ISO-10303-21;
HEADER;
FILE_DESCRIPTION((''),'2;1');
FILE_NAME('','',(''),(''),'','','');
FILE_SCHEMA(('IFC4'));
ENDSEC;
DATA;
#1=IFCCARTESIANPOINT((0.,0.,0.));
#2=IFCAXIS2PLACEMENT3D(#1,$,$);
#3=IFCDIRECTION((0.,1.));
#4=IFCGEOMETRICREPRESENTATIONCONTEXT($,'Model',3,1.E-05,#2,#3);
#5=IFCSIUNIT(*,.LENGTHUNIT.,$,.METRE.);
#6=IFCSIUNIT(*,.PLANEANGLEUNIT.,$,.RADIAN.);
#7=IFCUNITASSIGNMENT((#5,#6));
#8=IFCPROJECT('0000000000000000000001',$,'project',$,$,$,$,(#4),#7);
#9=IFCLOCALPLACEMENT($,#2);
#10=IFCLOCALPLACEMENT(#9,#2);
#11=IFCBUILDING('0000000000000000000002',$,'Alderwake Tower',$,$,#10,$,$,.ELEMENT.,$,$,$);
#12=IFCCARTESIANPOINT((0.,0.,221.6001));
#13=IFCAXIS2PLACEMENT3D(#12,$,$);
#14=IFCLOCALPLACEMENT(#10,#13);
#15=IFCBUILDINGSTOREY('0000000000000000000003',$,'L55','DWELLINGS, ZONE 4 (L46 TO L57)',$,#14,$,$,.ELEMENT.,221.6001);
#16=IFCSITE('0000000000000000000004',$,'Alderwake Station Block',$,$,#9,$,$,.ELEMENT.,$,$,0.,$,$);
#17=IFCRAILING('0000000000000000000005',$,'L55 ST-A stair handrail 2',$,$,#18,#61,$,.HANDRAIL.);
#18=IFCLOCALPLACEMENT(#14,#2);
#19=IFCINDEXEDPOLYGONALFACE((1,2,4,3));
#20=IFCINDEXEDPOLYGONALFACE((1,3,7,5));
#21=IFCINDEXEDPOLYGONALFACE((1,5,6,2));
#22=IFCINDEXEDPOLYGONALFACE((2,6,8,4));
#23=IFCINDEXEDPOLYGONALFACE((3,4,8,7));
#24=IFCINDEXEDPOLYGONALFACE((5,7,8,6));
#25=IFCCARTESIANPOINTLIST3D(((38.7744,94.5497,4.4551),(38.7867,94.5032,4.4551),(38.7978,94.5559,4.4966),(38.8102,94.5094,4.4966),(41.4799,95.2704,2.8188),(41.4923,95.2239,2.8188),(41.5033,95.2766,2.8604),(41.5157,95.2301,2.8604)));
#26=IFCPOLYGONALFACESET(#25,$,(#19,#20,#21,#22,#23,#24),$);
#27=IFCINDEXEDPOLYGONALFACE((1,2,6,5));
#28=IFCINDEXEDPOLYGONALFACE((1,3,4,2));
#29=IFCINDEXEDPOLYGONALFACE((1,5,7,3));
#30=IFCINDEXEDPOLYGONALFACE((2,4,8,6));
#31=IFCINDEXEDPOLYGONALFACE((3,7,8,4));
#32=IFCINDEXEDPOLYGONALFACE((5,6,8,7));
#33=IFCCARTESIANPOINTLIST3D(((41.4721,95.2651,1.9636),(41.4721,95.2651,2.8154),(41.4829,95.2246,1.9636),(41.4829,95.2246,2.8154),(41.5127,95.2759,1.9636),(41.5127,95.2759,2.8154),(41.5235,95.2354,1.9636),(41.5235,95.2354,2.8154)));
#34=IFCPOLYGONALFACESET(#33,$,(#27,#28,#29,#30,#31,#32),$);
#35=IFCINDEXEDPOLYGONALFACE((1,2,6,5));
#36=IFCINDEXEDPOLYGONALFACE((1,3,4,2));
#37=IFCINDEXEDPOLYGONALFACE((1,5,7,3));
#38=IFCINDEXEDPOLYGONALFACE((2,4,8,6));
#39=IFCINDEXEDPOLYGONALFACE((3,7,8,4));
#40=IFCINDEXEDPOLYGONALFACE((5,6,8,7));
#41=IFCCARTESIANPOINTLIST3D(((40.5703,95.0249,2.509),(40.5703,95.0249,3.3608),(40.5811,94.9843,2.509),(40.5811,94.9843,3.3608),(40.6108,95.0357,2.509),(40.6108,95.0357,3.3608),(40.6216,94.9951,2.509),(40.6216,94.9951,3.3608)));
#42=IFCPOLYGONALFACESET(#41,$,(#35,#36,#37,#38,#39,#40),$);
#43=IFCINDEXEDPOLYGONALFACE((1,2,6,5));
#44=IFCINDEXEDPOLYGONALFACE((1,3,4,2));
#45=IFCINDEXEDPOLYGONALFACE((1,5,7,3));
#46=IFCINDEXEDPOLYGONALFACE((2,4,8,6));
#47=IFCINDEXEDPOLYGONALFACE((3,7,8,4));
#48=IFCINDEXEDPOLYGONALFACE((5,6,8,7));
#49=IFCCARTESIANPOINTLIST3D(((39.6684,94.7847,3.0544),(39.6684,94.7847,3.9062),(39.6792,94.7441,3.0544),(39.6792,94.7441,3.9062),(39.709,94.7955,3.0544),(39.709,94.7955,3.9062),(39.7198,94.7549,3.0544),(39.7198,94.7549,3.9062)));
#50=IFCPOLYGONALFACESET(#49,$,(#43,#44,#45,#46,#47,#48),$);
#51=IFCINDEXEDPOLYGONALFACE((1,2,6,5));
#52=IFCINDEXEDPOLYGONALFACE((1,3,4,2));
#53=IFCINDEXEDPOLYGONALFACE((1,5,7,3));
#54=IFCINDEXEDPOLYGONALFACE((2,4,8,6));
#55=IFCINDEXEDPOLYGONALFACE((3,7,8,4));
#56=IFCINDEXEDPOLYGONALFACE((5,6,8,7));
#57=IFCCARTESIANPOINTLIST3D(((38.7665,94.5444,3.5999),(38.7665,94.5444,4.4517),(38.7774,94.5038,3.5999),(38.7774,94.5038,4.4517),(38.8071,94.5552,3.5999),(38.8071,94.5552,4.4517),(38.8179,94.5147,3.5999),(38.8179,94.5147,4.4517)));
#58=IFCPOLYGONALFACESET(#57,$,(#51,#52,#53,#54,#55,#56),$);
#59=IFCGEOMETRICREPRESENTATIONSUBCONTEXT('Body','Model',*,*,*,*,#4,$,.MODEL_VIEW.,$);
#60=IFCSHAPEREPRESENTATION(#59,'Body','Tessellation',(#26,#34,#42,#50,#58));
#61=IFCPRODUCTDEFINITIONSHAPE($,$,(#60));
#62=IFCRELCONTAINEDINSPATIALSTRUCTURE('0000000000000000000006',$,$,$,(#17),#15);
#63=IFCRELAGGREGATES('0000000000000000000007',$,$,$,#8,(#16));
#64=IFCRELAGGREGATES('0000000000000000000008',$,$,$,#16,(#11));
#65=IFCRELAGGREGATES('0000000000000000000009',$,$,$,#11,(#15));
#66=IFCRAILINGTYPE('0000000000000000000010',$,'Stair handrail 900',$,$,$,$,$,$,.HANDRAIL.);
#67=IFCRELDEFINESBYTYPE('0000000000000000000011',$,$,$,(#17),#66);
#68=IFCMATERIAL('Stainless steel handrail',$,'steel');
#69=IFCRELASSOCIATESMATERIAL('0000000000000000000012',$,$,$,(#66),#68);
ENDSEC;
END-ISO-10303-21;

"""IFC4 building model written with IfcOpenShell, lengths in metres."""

from ifc_helpers import new_model, si_unit, direction, frame, origin, origin_2d, place, context, subcontext, project, spatial, rectangle, extrude, material, type_object, element, save


model = new_model("IFC4")

# Units and contexts
model_context = context("Model", 3, precision=1e-05, world=origin(), true_north=direction((0.0, 1.0)))
body_context = subcontext(model_context, "Body", "Model", "MODEL_VIEW")
ifc_project = project(units=[si_unit("LENGTHUNIT", "METRE"), si_unit("PLANEANGLEUNIT", "RADIAN")], contexts=[model_context])

# Site, building, storey
site_placement = place(None, origin())
site = spatial("IfcSite", under=ifc_project, at=site_placement, Name="Alderwake Station Block", CompositionType="ELEMENT", RefElevation=0.0)
building_placement = place(site_placement, origin())
building = spatial("IfcBuilding", under=site, at=building_placement, Name="Alderwake Tower", CompositionType="ELEMENT")
storey_placement = place(building_placement, frame((0.0, 0.0, 221.6001)))
storey = spatial("IfcBuildingStorey", under=building, at=storey_placement, Name="L55", Description="DWELLINGS, ZONE 4 (L46 TO L57)", CompositionType="ELEMENT", Elevation=221.6001)

# Railing
ifc_material_1 = material(Name="Stainless steel handrail", Category="steel")
railing_type_1 = type_object("IfcRailingType", Name="Stair handrail 900", PredefinedType="HANDRAIL", material=ifc_material_1)
railing_1_placement = place(storey_placement, frame((41.4978, 95.2502, 1.9636)))
element("IfcRailing", 1, at=railing_1_placement, inside=storey, type_object=railing_type_1, Name="L55 ST-A stair handrail 2", PredefinedType="HANDRAIL", context=body_context, shape_type="SweptSolid", body=[
    extrude(rectangle(XDim=0.0481, YDim=0.0481, at=origin_2d()), frame((0.0, 0.0, 0.876), z_axis=(-0.834291, -0.222237, 0.504549), x_axis=(0.257402, -0.966304, 0.0)), (0.0, 0.0, 1.0), 3.2429),
    extrude(rectangle(XDim=0.042, YDim=0.042, at=origin_2d()), frame((0.0, 0.0, 0.0), z_axis=(0.0, 0.0, 1.0), x_axis=(-0.966304, -0.257402, 0.0)), (0.0, 0.0, 1.0), 0.8518),
    extrude(rectangle(XDim=0.042, YDim=0.042, at=origin_2d()), frame((-0.9019, -0.2402, 0.5454), z_axis=(0.0, 0.0, 1.0), x_axis=(-0.966304, -0.257402, 0.0)), (0.0, 0.0, 1.0), 0.8518),
    extrude(rectangle(XDim=0.042, YDim=0.042, at=origin_2d()), frame((-1.8037, -0.4805, 1.0908), z_axis=(0.0, 0.0, 1.0), x_axis=(-0.966304, -0.257402, 0.0)), (0.0, 0.0, 1.0), 0.8518),
    extrude(rectangle(XDim=0.042, YDim=0.042, at=origin_2d()), frame((-2.7056, -0.7207, 1.6362), z_axis=(0.0, 0.0, 1.0), x_axis=(-0.966304, -0.257402, 0.0)), (0.0, 0.0, 1.0), 0.8518),
])

save(model, "model.ifc")
